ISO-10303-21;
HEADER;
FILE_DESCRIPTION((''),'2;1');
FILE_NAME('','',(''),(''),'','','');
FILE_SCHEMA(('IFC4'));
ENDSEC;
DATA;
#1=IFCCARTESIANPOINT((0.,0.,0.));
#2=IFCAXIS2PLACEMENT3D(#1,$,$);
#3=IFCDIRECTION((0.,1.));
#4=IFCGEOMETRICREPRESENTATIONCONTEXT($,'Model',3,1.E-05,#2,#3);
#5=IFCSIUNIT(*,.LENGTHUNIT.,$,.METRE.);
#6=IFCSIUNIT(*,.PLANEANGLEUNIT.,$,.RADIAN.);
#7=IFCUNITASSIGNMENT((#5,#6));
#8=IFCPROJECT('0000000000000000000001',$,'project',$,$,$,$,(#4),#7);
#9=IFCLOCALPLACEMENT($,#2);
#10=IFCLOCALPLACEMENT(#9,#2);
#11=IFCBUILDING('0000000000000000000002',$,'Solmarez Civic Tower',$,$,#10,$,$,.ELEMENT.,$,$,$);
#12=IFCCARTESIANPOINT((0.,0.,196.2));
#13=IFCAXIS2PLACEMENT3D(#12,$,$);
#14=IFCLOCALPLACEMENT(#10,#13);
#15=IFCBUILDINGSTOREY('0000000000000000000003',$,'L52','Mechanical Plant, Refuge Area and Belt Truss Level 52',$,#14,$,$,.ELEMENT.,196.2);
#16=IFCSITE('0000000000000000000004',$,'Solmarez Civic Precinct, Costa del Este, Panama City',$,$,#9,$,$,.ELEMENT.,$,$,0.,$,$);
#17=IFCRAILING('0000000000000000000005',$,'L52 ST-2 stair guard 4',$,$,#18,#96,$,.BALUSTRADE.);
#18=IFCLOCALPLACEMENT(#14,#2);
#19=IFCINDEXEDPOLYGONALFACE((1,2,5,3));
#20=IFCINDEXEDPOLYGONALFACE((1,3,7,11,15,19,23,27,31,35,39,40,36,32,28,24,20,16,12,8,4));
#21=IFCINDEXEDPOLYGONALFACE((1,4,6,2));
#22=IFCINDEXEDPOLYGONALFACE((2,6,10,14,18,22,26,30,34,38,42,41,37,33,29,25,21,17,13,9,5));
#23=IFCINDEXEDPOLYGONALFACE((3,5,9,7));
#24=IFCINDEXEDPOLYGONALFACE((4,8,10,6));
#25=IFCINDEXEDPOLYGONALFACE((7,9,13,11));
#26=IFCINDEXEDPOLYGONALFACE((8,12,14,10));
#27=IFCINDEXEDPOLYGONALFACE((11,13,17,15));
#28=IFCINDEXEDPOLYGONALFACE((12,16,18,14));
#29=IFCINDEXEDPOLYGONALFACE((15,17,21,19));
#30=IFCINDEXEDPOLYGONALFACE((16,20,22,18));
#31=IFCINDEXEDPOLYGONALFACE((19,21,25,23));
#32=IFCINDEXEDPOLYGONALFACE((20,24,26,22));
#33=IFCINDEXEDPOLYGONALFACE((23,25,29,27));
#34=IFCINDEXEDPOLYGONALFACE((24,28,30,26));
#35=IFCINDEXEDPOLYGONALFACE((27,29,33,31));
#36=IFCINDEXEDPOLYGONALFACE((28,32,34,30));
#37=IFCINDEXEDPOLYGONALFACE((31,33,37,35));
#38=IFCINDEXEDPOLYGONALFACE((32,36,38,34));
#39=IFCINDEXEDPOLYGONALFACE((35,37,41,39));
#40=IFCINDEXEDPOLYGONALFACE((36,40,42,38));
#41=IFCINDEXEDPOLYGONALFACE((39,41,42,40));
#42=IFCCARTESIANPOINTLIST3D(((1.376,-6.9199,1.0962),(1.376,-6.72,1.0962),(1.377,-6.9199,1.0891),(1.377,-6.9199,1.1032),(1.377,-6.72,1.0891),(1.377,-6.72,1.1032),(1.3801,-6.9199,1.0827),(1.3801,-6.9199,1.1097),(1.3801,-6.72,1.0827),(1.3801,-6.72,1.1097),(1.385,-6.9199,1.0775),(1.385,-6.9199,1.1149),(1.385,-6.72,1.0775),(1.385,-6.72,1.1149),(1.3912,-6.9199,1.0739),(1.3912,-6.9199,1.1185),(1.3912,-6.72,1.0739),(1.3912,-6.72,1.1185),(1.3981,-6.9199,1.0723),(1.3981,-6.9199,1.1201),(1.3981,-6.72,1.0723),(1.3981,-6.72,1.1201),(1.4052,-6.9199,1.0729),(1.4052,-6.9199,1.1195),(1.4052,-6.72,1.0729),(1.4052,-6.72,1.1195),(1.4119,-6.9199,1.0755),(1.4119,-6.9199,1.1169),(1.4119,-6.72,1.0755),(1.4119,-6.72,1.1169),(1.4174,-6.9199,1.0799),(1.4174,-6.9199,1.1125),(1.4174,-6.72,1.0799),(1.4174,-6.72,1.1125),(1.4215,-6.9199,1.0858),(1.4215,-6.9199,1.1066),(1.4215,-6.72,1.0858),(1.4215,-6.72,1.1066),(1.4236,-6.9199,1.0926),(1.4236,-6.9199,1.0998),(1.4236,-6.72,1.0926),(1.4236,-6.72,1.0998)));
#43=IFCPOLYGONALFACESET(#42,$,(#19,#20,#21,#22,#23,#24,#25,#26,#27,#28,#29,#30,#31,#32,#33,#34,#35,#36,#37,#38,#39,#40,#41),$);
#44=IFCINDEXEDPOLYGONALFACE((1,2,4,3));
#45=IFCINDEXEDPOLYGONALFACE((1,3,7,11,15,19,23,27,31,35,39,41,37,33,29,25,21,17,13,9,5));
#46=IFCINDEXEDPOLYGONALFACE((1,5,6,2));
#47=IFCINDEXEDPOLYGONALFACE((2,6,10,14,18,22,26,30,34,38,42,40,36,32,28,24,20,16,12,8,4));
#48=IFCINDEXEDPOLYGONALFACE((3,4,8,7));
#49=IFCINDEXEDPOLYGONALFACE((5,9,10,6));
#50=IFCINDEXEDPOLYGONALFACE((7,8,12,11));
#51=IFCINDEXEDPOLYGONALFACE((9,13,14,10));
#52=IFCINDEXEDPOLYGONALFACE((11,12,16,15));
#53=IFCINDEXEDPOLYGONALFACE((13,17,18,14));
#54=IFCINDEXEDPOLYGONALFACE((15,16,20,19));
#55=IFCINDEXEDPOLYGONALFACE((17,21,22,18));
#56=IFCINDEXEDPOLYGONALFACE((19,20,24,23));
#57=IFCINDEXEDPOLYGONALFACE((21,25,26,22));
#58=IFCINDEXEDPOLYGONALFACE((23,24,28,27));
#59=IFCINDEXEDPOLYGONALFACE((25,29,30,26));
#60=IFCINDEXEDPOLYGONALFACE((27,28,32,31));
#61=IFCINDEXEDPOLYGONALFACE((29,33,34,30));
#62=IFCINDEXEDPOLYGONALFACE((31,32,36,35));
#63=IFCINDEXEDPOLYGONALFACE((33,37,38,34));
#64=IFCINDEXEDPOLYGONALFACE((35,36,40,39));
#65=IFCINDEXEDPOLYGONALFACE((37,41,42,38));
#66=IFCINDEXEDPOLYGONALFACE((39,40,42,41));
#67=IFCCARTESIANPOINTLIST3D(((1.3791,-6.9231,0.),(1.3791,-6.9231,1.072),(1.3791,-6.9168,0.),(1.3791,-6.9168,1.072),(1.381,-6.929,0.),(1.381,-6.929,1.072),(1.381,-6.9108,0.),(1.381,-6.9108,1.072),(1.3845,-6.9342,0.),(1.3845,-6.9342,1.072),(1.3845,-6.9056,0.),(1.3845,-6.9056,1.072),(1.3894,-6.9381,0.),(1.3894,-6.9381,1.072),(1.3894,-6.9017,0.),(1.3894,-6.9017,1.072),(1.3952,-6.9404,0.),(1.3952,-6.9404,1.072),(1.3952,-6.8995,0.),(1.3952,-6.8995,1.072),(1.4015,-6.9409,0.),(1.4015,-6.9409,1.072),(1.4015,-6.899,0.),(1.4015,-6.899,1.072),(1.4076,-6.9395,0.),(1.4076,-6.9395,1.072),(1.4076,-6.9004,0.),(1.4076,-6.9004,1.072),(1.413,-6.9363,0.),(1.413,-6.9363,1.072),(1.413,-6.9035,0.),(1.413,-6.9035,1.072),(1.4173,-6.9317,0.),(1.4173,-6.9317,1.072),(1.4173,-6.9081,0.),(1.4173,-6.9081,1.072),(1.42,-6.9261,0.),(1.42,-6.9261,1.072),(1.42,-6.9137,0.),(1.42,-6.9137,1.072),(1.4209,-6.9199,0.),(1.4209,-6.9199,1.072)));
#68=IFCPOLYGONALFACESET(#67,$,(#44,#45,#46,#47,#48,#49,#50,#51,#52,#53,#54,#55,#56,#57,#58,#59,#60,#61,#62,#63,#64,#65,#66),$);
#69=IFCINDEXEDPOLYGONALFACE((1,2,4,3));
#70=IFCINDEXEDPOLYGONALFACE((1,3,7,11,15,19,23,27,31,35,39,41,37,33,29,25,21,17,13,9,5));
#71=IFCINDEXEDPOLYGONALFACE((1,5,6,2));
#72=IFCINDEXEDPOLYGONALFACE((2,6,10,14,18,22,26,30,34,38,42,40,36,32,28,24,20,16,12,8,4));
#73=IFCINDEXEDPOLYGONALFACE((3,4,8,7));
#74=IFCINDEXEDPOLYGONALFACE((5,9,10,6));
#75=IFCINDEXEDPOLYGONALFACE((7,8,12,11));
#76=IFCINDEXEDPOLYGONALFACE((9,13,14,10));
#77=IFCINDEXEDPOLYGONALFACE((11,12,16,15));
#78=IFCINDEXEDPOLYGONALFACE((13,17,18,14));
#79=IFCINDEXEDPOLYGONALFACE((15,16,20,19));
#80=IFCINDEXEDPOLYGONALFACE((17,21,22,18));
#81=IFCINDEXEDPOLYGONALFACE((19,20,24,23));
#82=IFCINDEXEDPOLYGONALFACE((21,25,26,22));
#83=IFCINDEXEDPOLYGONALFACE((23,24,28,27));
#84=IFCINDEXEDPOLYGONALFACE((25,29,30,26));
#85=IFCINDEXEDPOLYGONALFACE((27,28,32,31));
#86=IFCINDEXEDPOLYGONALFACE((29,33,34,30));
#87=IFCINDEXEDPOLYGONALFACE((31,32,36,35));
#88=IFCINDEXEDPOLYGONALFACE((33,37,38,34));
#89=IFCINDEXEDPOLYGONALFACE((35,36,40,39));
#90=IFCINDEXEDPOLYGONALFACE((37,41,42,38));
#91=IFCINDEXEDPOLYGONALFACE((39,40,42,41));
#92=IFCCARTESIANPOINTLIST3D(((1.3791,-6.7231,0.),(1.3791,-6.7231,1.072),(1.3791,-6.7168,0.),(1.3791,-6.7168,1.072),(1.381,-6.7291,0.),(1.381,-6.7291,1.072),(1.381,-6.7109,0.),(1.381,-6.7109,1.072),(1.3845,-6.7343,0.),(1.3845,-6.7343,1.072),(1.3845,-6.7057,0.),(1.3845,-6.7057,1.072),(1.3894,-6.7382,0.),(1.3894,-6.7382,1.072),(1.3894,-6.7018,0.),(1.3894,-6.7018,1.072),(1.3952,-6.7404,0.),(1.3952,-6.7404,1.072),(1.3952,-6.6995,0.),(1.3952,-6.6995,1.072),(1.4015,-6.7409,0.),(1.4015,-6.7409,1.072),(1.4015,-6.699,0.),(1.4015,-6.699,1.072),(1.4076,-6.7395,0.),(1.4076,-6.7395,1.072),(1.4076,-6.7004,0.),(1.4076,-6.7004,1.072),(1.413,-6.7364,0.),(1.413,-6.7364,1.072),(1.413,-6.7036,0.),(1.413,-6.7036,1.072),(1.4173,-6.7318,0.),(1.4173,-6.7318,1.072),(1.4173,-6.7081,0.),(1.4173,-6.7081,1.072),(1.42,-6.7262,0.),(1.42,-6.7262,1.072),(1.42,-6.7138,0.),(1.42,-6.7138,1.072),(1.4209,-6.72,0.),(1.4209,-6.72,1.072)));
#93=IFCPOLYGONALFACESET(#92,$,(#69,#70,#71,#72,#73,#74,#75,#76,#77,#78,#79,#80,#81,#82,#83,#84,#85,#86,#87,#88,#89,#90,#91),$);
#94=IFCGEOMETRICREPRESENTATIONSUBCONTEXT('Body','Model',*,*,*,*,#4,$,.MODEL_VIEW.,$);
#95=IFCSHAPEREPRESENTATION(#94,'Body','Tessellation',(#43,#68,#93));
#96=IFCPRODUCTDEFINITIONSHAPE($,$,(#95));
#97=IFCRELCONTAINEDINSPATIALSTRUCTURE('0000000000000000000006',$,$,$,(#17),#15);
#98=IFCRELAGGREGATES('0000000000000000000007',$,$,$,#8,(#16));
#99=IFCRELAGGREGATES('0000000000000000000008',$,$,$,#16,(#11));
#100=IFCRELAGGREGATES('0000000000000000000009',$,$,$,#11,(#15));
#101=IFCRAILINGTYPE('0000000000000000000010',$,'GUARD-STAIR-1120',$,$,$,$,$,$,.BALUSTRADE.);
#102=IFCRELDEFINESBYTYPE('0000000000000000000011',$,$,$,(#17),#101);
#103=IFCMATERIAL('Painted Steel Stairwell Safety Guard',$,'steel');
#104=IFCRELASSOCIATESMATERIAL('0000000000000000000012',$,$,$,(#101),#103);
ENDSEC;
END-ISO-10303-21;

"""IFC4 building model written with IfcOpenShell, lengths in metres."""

from ifc_helpers import new_model, si_unit, direction, frame, origin, origin_2d, place, context, subcontext, project, spatial, circle, extrude, material, type_object, element, save


model = new_model("IFC4")

# Units and contexts
model_context = context("Model", 3, precision=1e-05, world=origin(), true_north=direction((0.0, 1.0)))
body_context = subcontext(model_context, "Body", "Model", "MODEL_VIEW")
ifc_project = project(units=[si_unit("LENGTHUNIT", "METRE"), si_unit("PLANEANGLEUNIT", "RADIAN")], contexts=[model_context])

# Site, building, storey
site_placement = place(None, origin())
site = spatial("IfcSite", under=ifc_project, at=site_placement, Name="Solmarez Civic Precinct, Costa del Este, Panama City", CompositionType="ELEMENT", RefElevation=0.0)
building_placement = place(site_placement, origin())
building = spatial("IfcBuilding", under=site, at=building_placement, Name="Solmarez Civic Tower", CompositionType="ELEMENT")
storey_placement = place(building_placement, frame((0.0, 0.0, 196.2)))
storey = spatial("IfcBuildingStorey", under=building, at=storey_placement, Name="L52", Description="Mechanical Plant, Refuge Area and Belt Truss Level 52", CompositionType="ELEMENT", Elevation=196.2)

# Railing
ifc_material_1 = material(Name="Painted Steel Stairwell Safety Guard", Category="steel")
railing_type_1 = type_object("IfcRailingType", Name="GUARD-STAIR-1120", PredefinedType="BALUSTRADE", material=ifc_material_1)
railing_1_placement = place(storey_placement, frame((1.3999, -6.9199, 0.0)))
element("IfcRailing", 1, at=railing_1_placement, inside=storey, type_object=railing_type_1, Name="L52 ST-2 stair guard 4", PredefinedType="BALUSTRADE", context=body_context, shape_type="SweptSolid", body=[
    extrude(circle(Radius=0.0239, at=origin_2d()), frame((0.0, 0.0, 1.0962), z_axis=(0.0, 1.0, 0.0), x_axis=(-1.0, 0.0, 0.0)), (0.0, 0.0, 1.0), 0.2),
    extrude(circle(Radius=0.021, at=origin_2d()), origin(), (0.0, 0.0, 1.0), 1.072),
    extrude(circle(Radius=0.021, at=origin_2d()), frame((0.0, 0.2, 0.0)), (0.0, 0.0, 1.0), 1.072),
])

save(model, "model.ifc")
